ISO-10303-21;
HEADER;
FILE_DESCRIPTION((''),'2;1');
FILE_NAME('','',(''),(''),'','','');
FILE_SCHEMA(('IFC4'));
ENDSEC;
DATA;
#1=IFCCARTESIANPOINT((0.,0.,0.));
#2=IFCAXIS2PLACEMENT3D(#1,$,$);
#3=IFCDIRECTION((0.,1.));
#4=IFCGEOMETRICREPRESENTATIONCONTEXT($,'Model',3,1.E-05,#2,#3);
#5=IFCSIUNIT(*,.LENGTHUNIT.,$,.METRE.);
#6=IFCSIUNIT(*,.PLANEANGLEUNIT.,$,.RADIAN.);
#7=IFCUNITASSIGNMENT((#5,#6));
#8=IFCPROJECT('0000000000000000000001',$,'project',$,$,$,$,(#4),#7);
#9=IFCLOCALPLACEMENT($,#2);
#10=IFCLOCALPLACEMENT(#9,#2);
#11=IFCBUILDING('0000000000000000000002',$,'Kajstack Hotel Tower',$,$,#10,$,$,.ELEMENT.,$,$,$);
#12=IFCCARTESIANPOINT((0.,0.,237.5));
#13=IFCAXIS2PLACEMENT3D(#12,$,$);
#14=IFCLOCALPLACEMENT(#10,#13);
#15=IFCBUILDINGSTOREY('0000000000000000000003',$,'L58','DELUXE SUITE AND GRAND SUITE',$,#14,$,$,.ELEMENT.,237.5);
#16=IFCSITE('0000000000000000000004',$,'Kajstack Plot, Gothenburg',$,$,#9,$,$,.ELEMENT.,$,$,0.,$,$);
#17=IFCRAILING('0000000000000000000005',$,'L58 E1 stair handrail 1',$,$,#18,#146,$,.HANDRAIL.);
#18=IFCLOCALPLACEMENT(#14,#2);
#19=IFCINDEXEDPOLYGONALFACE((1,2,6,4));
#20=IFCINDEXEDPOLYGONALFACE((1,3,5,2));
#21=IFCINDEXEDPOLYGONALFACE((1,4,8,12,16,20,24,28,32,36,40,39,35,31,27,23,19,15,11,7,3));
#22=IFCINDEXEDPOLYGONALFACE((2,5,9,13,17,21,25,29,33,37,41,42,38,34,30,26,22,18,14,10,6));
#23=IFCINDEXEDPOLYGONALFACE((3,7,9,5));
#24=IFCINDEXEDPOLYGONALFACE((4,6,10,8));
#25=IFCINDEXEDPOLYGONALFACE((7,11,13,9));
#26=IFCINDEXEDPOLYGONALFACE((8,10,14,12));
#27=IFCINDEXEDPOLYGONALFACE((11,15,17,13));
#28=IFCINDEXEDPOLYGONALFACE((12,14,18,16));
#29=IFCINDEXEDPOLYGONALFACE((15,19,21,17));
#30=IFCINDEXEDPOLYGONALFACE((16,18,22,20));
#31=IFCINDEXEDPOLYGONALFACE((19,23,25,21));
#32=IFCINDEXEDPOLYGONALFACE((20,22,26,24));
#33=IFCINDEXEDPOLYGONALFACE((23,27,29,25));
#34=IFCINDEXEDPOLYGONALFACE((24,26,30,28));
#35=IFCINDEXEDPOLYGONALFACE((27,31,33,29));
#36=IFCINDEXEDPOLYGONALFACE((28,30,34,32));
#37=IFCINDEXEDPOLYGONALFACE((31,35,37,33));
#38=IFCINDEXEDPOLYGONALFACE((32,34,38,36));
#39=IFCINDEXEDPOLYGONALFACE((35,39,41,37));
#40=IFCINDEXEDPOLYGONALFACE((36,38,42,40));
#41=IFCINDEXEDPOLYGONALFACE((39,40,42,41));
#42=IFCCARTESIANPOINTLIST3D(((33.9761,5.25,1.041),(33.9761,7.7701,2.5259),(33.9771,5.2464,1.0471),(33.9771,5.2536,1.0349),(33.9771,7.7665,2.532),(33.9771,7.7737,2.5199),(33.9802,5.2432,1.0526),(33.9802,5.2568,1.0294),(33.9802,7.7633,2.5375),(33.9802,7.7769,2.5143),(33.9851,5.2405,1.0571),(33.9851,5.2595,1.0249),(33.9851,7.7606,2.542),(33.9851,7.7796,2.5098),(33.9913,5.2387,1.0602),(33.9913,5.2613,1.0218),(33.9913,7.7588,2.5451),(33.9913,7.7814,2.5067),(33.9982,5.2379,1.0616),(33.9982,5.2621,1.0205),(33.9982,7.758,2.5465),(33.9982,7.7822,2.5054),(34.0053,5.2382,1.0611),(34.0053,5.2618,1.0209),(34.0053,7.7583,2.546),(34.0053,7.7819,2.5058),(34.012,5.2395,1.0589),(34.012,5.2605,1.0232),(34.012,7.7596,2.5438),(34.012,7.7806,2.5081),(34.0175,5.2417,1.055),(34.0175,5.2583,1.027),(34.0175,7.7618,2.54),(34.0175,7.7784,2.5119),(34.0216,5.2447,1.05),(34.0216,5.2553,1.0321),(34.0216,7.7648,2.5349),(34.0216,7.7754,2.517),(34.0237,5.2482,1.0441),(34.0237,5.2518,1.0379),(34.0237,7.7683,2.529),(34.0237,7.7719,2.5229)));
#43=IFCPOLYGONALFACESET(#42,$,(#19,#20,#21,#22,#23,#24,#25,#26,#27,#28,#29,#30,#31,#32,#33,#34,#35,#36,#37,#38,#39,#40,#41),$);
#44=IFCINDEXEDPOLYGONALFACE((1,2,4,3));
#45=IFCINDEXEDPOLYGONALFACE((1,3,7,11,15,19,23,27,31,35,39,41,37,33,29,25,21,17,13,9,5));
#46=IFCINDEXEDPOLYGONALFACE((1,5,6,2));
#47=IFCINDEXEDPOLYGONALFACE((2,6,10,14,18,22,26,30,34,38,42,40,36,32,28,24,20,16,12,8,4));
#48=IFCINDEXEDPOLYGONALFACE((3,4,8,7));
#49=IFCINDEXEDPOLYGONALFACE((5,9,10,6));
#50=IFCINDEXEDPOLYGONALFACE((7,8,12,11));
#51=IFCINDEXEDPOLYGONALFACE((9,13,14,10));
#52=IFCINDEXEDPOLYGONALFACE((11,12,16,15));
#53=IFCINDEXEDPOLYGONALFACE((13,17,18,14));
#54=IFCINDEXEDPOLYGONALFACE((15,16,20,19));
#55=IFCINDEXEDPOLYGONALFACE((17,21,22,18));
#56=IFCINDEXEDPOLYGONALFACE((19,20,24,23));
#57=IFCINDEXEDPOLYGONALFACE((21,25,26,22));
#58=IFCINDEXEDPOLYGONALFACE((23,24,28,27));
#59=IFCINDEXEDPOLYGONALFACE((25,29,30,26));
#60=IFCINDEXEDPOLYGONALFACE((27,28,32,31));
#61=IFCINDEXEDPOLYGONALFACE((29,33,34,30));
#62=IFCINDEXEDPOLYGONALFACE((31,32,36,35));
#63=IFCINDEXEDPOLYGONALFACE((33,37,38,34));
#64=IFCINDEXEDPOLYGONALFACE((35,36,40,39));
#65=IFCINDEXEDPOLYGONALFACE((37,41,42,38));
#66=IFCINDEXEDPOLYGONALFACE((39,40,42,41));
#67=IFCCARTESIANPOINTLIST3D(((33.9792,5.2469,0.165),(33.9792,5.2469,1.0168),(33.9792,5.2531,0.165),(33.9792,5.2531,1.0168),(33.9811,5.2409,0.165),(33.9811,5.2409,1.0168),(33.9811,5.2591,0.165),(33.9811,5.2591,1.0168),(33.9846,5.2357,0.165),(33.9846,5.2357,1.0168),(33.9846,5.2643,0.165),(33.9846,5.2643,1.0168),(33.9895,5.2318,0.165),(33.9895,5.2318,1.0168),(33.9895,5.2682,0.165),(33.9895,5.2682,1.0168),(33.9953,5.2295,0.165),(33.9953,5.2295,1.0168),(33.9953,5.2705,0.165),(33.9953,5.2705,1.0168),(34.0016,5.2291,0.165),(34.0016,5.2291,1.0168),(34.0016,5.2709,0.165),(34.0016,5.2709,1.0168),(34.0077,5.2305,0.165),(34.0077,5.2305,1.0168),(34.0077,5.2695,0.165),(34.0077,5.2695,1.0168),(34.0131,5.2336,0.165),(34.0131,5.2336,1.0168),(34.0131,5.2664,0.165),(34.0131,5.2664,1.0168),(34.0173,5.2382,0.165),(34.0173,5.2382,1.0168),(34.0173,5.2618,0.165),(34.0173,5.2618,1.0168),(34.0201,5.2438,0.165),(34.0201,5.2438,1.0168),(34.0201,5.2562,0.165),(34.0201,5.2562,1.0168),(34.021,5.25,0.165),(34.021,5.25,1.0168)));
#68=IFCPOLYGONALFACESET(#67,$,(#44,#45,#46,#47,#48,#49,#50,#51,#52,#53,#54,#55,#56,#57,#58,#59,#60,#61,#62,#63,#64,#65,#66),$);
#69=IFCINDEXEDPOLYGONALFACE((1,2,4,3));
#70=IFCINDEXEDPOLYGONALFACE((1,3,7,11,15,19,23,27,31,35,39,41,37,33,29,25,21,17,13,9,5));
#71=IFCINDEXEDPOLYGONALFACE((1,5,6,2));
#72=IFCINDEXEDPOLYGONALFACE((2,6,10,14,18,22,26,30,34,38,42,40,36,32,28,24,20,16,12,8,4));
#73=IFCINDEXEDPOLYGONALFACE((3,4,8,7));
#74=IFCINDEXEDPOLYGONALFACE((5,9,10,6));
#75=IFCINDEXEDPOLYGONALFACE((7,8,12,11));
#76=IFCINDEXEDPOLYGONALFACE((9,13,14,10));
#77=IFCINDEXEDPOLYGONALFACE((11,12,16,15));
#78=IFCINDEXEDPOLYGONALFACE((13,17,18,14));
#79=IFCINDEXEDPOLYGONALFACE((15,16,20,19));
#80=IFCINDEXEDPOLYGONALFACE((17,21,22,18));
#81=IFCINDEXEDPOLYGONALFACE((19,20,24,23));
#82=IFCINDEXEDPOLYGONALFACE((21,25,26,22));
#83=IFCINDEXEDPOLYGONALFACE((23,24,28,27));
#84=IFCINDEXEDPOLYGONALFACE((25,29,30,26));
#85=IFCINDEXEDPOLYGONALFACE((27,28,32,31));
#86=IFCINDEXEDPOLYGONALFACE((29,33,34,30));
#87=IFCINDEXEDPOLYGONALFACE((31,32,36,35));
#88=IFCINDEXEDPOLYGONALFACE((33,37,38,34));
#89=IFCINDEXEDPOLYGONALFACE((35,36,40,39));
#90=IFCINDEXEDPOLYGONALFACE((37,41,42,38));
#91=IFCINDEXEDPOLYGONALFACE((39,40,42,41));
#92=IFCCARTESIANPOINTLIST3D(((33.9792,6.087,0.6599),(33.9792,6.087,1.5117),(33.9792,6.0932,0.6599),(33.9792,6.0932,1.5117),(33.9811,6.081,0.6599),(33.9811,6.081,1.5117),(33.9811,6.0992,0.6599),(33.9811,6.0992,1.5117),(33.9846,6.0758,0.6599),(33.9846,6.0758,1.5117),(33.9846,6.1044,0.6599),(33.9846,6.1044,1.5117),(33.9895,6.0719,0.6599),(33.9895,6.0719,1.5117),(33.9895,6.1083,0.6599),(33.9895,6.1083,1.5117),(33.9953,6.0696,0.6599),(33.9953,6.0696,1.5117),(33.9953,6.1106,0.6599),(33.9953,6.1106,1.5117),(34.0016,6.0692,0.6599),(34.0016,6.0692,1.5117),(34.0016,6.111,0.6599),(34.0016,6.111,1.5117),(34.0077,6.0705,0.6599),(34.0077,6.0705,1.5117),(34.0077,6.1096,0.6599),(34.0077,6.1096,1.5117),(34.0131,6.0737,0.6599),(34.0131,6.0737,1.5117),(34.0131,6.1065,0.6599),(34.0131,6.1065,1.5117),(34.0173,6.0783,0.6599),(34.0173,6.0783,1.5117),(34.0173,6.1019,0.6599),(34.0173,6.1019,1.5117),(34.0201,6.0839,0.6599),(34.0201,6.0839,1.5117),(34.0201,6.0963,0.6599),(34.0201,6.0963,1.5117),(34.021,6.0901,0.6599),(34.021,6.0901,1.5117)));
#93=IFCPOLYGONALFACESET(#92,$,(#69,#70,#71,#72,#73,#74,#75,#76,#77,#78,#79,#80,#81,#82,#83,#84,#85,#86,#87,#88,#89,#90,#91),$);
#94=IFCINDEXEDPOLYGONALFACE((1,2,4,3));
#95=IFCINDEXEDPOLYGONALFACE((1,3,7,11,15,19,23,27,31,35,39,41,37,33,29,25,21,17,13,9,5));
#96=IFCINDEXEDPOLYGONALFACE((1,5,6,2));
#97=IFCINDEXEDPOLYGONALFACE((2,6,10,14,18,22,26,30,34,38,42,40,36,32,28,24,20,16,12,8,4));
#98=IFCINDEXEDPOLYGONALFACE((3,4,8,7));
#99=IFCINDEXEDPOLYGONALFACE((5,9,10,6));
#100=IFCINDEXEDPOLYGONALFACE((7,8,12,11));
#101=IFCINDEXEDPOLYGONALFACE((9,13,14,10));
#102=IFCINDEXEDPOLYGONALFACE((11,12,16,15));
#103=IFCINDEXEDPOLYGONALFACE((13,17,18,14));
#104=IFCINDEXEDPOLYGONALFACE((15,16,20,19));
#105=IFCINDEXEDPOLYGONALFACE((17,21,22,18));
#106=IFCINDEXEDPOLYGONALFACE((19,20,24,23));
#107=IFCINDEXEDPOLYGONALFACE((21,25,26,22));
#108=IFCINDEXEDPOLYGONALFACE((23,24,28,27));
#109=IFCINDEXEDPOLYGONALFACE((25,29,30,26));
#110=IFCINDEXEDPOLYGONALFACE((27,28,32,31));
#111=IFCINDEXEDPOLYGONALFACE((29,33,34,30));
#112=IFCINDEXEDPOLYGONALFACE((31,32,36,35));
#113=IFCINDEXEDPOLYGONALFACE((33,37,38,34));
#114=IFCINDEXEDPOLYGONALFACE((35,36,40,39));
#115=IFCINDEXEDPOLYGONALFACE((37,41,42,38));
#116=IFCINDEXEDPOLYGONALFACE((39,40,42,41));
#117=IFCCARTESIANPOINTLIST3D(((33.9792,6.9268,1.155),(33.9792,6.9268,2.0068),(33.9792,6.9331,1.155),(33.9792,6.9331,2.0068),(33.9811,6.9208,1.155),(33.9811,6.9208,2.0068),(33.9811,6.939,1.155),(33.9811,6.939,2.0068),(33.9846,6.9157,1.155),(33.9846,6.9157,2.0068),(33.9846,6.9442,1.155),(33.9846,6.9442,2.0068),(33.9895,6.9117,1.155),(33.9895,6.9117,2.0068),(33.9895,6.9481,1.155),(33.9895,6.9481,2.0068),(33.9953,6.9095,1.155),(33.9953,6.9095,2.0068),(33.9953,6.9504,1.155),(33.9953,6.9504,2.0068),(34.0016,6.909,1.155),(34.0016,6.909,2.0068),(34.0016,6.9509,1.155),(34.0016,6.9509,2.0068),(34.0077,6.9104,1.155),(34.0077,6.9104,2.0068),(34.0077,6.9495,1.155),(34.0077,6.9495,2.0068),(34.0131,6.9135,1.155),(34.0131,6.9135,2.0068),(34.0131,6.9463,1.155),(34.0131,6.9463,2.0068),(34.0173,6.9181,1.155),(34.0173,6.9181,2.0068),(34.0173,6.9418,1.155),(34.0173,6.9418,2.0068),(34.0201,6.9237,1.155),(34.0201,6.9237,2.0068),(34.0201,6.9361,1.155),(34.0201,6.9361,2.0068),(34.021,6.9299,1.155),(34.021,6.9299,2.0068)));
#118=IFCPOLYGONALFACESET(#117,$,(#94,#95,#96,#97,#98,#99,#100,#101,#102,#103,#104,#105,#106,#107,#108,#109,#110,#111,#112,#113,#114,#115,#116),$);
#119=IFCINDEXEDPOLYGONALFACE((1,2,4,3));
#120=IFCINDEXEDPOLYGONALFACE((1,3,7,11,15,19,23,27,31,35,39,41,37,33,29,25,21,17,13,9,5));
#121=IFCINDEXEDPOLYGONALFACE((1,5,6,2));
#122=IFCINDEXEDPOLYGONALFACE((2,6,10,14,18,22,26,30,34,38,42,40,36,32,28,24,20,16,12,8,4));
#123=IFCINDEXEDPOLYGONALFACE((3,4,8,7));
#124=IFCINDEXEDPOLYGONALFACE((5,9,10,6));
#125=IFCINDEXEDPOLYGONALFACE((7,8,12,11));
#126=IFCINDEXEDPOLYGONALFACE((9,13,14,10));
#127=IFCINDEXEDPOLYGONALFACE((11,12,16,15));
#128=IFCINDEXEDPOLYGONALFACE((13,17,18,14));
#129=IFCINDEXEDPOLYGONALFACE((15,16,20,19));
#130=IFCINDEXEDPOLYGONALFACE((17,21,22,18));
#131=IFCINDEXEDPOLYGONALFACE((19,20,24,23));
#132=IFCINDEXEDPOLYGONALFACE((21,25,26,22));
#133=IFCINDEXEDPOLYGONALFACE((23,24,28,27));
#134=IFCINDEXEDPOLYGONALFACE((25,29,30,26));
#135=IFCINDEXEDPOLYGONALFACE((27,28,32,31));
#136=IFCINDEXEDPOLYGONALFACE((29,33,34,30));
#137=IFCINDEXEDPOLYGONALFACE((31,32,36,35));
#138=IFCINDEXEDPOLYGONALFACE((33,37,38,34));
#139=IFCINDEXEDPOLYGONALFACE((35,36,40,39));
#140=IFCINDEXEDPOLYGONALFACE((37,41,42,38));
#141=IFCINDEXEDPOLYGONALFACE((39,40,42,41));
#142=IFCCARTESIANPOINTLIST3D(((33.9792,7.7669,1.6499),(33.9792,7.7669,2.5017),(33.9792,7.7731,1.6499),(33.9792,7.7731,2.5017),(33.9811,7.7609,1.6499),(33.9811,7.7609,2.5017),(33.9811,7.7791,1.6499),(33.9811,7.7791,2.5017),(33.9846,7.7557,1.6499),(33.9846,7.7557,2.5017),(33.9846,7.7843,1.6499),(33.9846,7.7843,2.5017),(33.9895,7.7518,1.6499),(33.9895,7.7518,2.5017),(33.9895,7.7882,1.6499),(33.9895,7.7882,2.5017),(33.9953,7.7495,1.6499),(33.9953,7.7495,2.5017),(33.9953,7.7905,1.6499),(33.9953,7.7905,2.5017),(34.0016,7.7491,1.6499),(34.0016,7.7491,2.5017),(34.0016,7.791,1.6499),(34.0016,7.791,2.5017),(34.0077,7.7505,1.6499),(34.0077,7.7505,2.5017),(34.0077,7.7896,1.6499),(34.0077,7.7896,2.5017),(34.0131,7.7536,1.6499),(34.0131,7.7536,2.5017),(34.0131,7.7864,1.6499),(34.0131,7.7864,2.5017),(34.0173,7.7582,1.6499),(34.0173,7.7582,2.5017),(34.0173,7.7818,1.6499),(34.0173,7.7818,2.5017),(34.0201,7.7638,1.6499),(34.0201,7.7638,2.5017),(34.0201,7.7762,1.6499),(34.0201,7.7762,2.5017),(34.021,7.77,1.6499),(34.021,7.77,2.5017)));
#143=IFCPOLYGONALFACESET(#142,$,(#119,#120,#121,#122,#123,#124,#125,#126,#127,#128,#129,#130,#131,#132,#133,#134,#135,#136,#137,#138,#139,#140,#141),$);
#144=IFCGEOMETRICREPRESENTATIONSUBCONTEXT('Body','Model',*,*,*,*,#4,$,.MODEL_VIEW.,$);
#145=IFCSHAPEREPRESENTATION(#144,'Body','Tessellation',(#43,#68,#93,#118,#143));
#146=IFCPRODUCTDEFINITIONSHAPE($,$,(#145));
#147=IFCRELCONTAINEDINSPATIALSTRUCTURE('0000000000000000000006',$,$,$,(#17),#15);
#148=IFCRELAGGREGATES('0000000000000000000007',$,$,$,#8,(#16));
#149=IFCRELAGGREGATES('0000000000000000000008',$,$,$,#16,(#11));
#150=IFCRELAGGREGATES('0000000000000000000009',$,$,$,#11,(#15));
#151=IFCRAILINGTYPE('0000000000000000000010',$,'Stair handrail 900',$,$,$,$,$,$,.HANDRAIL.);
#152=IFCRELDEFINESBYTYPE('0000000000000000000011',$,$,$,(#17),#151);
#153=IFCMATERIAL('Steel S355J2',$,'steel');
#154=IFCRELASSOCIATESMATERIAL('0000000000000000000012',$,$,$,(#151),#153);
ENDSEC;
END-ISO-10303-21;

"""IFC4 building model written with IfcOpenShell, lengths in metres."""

from ifc_helpers import new_model, si_unit, direction, frame, origin, origin_2d, place, context, subcontext, project, spatial, circle, extrude, material, type_object, element, save


model = new_model("IFC4")

# Units and contexts
model_context = context("Model", 3, precision=1e-05, world=origin(), true_north=direction((0.0, 1.0)))
body_context = subcontext(model_context, "Body", "Model", "MODEL_VIEW")
ifc_project = project(units=[si_unit("LENGTHUNIT", "METRE"), si_unit("PLANEANGLEUNIT", "RADIAN")], contexts=[model_context])

# Site, building, storey
site_placement = place(None, origin())
site = spatial("IfcSite", under=ifc_project, at=site_placement, Name="Kajstack Plot, Gothenburg", CompositionType="ELEMENT", RefElevation=0.0)
building_placement = place(site_placement, origin())
building = spatial("IfcBuilding", under=site, at=building_placement, Name="Kajstack Hotel Tower", CompositionType="ELEMENT")
storey_placement = place(building_placement, frame((0.0, 0.0, 237.5)))
storey = spatial("IfcBuildingStorey", under=building, at=storey_placement, Name="L58", Description="DELUXE SUITE AND GRAND SUITE", CompositionType="ELEMENT", Elevation=237.5)

# Railing
ifc_material_1 = material(Name="Steel S355J2", Category="steel")
railing_type_1 = type_object("IfcRailingType", Name="Stair handrail 900", PredefinedType="HANDRAIL", material=ifc_material_1)
railing_1_placement = place(storey_placement, frame((34.0, 5.25, 0.165)))
element("IfcRailing", 1, at=railing_1_placement, inside=storey, type_object=railing_type_1, Name="L58 E1 stair handrail 1", PredefinedType="HANDRAIL", context=body_context, shape_type="SweptSolid", body=[
    extrude(circle(Radius=0.0239, at=origin_2d()), frame((0.0, 0.0, 0.876), z_axis=(0.0, 0.861561, 0.507655), x_axis=(-1.0, 0.0, 0.0)), (0.0, 0.0, 1.0), 2.925),
    extrude(circle(Radius=0.021, at=origin_2d()), origin(), (0.0, 0.0, 1.0), 0.8518),
    extrude(circle(Radius=0.021, at=origin_2d()), frame((0.0, 0.8401, 0.4949)), (0.0, 0.0, 1.0), 0.8518),
    extrude(circle(Radius=0.021, at=origin_2d()), frame((0.0, 1.6799, 0.99)), (0.0, 0.0, 1.0), 0.8518),
    extrude(circle(Radius=0.021, at=origin_2d()), frame((0.0, 2.52, 1.4849)), (0.0, 0.0, 1.0), 0.8518),
])

save(model, "model.ifc")
